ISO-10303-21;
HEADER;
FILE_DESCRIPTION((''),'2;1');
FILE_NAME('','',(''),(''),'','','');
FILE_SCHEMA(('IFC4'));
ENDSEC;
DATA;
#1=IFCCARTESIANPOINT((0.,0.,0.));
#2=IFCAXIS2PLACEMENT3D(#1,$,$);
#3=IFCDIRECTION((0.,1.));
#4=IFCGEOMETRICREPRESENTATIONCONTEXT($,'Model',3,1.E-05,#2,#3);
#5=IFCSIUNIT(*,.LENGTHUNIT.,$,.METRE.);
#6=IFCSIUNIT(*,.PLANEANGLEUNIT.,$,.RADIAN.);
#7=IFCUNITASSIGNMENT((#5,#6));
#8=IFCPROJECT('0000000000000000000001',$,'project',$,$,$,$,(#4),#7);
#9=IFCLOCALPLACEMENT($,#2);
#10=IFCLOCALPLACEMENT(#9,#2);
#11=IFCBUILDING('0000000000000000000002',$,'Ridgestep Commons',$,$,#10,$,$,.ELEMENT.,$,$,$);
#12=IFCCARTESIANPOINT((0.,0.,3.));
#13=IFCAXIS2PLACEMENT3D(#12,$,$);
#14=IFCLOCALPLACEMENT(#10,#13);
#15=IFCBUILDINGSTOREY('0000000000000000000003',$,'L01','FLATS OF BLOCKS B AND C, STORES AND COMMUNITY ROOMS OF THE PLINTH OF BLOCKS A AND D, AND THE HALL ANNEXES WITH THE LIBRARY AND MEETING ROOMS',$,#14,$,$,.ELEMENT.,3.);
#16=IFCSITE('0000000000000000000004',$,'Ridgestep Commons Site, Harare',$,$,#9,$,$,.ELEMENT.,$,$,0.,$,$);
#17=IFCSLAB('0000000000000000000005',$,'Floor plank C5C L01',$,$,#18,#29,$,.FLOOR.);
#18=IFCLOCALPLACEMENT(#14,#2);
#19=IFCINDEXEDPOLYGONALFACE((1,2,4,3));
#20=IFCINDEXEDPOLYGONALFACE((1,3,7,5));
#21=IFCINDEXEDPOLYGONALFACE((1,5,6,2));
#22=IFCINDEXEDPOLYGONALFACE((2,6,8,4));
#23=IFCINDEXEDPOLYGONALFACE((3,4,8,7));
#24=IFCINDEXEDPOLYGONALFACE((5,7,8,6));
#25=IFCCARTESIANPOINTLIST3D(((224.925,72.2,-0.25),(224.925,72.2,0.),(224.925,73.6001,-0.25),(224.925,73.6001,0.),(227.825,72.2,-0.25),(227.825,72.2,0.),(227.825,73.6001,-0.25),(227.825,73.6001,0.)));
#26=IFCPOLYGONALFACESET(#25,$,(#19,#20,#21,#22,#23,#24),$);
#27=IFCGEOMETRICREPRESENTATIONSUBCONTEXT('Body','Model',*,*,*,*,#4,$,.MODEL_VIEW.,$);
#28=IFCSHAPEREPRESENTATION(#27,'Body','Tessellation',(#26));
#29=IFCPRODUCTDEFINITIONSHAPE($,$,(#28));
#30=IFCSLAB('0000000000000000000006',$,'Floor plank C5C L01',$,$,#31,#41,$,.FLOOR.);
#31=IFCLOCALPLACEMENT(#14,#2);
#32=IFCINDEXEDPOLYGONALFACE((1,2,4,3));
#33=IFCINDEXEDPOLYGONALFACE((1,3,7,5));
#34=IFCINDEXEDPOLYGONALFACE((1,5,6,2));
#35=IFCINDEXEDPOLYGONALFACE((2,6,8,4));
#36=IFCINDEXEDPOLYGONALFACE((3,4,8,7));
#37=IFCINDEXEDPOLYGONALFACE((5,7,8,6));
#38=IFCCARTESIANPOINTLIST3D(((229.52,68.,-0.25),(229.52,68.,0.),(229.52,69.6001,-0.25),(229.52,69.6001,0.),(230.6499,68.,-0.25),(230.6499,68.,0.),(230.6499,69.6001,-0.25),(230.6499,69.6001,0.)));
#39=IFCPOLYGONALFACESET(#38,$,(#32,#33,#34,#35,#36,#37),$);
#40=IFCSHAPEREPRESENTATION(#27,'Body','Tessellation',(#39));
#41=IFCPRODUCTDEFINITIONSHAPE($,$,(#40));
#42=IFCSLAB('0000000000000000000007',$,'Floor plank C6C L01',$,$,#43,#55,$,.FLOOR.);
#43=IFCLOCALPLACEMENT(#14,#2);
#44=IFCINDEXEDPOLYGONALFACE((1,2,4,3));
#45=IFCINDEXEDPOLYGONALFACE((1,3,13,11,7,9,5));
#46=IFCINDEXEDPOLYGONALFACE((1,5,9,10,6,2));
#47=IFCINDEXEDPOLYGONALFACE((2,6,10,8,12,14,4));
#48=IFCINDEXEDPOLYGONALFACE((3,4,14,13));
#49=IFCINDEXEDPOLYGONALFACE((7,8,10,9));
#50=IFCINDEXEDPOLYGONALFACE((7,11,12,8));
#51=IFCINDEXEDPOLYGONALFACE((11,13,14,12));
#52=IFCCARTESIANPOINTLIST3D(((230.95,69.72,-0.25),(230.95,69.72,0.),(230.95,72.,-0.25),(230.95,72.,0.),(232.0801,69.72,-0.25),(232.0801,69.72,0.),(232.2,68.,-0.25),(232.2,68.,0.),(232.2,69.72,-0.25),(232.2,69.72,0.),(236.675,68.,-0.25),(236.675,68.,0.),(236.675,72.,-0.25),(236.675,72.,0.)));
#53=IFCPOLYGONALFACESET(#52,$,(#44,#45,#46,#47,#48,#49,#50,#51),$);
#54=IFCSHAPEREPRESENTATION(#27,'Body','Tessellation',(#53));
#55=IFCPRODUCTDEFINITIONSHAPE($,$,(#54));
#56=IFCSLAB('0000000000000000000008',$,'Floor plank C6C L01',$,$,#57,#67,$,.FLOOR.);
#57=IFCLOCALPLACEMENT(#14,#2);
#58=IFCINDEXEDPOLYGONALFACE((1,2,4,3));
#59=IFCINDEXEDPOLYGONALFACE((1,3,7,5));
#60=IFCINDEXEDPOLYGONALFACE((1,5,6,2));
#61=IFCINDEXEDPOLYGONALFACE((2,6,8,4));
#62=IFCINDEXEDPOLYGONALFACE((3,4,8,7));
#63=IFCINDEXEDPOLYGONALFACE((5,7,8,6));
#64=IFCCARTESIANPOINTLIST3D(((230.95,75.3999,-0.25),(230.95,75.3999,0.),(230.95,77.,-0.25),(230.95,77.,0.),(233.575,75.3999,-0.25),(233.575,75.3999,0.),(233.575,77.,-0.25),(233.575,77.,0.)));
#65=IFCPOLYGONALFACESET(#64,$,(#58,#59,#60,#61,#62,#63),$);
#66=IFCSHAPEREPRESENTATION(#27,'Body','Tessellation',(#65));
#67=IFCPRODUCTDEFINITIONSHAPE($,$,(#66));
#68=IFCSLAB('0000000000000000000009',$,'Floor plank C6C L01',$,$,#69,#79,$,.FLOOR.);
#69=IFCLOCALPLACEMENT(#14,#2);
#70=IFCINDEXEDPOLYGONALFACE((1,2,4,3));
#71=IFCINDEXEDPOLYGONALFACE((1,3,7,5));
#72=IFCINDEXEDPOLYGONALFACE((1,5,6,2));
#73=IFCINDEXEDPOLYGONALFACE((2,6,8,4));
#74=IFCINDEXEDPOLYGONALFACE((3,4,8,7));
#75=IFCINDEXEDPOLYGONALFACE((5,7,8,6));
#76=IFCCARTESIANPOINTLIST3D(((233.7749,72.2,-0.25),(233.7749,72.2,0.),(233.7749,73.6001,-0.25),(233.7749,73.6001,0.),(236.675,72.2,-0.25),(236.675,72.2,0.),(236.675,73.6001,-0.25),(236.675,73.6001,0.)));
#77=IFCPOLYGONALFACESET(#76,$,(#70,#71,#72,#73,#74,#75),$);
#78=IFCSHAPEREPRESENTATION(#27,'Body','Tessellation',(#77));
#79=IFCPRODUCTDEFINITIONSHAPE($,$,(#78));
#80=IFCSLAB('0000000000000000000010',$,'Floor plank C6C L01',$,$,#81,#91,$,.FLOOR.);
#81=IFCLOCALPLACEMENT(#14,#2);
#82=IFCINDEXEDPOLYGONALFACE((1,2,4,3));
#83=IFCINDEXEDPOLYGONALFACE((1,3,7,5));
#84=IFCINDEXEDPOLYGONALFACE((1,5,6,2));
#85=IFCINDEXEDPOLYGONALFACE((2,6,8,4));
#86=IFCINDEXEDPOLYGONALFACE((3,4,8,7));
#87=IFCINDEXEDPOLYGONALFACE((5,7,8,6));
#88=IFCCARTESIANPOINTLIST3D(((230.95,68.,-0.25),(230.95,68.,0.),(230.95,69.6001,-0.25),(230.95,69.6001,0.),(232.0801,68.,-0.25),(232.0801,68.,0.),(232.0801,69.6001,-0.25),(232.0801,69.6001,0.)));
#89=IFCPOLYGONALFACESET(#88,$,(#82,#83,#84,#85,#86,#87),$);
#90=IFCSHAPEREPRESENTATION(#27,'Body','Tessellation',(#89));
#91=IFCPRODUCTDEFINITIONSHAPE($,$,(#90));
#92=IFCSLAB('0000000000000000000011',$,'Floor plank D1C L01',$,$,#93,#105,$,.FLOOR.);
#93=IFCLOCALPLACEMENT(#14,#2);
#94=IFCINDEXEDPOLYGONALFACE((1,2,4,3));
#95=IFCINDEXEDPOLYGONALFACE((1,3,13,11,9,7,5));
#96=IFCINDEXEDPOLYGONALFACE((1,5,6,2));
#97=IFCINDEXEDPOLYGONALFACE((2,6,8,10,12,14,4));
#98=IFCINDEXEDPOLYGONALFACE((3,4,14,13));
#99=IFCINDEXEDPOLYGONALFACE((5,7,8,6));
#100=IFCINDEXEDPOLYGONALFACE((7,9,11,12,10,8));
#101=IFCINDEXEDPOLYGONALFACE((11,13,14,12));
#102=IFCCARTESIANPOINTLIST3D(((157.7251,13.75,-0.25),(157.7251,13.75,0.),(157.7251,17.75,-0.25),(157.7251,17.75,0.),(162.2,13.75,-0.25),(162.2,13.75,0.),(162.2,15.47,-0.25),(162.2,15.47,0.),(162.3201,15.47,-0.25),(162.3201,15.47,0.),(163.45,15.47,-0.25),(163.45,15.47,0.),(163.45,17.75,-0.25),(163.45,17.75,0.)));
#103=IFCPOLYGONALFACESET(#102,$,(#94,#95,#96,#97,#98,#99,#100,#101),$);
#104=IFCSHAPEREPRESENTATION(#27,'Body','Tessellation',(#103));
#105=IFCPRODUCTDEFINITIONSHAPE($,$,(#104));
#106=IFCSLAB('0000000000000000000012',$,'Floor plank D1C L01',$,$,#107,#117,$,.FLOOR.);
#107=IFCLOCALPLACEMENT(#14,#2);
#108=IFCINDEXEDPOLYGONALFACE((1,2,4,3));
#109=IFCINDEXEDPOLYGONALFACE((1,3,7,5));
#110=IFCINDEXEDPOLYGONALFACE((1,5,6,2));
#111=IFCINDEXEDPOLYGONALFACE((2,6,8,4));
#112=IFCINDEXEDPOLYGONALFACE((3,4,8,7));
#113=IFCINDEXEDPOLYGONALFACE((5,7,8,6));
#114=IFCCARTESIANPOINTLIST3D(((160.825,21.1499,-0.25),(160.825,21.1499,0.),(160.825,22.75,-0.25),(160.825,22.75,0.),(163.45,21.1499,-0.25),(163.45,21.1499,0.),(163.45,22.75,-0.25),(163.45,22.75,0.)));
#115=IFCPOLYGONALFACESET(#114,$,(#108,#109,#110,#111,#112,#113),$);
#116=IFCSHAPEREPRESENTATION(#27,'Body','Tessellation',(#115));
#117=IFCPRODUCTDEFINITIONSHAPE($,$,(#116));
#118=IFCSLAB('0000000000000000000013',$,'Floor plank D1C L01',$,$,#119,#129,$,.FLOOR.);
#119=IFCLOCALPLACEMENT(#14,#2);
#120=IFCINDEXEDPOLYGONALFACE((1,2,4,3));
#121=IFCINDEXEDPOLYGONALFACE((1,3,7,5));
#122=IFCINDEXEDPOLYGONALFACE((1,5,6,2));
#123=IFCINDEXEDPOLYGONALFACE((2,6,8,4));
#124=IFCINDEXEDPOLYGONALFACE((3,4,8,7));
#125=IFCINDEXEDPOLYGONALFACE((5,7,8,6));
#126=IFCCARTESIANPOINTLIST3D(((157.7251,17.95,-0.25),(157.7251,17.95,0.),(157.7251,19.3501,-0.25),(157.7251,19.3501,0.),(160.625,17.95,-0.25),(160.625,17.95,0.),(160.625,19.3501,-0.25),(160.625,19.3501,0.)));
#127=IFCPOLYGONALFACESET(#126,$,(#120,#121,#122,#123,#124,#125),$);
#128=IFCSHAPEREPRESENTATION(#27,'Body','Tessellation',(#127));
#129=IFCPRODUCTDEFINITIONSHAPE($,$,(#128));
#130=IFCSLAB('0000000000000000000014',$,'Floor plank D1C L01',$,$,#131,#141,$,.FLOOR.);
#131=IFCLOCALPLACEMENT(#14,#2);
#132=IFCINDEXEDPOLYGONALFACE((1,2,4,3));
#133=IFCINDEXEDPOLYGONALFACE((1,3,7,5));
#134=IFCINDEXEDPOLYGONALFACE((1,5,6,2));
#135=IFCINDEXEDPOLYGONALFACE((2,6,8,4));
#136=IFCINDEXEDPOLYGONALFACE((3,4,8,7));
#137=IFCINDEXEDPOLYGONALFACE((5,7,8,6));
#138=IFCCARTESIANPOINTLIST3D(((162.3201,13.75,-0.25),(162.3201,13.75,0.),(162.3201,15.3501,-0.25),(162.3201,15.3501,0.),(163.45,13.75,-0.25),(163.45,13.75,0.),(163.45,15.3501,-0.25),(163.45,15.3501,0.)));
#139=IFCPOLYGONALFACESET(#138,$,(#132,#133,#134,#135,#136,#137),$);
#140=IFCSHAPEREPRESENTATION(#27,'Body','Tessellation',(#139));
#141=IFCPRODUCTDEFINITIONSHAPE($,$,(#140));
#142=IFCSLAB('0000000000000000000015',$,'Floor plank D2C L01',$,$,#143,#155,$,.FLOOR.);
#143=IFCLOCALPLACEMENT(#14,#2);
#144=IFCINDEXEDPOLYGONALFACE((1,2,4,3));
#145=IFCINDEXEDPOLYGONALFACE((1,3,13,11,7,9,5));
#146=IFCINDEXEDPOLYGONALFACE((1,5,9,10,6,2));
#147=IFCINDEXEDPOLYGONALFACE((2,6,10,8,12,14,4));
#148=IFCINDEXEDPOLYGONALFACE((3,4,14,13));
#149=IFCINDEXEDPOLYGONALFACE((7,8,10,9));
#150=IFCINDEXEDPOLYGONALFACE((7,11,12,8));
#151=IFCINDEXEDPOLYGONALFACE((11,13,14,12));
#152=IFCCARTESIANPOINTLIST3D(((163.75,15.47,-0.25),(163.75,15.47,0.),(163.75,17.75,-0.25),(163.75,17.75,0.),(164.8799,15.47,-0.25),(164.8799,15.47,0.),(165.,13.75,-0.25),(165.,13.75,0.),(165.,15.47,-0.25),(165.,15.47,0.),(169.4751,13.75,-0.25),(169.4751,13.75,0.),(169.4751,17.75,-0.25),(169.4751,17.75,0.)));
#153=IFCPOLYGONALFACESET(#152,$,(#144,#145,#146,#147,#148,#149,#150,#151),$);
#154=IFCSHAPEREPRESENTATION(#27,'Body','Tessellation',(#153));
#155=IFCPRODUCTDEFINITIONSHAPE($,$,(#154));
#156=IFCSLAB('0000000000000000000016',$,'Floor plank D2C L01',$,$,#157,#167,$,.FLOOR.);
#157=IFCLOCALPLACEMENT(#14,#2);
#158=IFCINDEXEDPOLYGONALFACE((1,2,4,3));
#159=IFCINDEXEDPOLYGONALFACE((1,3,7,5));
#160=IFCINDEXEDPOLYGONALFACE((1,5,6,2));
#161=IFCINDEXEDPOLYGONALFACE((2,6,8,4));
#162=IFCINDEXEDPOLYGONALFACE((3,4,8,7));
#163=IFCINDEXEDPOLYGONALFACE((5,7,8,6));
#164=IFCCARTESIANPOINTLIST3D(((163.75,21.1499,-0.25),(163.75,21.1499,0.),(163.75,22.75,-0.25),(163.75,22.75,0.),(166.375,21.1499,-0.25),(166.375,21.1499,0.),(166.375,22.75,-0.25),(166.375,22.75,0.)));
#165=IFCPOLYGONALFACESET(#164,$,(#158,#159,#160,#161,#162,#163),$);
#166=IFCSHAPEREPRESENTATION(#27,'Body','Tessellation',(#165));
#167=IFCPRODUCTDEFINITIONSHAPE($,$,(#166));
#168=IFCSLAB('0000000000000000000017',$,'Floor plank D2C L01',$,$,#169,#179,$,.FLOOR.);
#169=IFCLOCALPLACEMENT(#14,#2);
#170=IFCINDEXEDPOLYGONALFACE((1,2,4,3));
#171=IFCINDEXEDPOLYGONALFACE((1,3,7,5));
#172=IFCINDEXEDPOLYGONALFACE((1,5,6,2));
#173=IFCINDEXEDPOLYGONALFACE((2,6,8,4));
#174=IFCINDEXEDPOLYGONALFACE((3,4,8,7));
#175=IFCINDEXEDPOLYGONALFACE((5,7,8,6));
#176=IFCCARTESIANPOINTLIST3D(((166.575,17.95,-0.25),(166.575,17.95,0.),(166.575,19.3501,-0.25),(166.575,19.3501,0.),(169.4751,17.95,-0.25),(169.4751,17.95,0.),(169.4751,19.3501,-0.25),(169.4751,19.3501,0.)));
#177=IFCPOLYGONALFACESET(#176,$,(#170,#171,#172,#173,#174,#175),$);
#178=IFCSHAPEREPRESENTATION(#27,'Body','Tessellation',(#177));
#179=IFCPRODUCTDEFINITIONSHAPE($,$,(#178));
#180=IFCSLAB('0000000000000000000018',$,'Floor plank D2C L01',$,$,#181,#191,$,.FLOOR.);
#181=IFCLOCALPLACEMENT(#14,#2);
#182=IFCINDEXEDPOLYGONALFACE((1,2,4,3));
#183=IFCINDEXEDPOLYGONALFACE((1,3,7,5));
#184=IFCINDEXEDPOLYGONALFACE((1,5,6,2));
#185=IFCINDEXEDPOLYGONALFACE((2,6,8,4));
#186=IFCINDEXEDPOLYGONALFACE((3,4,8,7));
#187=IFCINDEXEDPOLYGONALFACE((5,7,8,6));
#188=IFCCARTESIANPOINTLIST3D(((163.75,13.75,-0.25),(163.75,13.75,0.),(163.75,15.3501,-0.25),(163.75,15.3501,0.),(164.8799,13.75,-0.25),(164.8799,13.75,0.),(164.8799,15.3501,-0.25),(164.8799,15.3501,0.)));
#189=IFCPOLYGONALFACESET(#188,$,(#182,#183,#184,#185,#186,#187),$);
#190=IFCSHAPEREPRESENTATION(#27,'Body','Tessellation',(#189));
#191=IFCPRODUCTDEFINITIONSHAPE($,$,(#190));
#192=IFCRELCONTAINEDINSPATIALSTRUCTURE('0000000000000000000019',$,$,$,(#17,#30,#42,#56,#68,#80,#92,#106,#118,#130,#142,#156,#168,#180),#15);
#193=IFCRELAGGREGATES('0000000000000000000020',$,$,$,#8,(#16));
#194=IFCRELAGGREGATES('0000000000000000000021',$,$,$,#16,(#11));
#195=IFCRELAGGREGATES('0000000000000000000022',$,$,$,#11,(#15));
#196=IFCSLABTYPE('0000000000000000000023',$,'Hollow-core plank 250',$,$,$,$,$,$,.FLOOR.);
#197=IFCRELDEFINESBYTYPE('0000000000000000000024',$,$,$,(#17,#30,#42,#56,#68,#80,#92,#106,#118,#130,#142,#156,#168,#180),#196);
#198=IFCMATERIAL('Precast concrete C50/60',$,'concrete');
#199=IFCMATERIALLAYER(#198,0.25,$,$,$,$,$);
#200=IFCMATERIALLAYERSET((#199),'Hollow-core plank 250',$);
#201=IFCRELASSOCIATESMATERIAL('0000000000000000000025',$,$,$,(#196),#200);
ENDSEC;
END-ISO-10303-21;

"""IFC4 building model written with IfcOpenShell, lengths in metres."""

from ifc_helpers import new_model, si_unit, direction, frame, origin, place, context, subcontext, project, spatial, polyline, outline, extrude, material, layer, layer_set, type_object, element, save


model = new_model("IFC4")

# Units and contexts
model_context = context("Model", 3, precision=1e-05, world=origin(), true_north=direction((0.0, 1.0)))
body_context = subcontext(model_context, "Body", "Model", "MODEL_VIEW")
ifc_project = project(units=[si_unit("LENGTHUNIT", "METRE"), si_unit("PLANEANGLEUNIT", "RADIAN")], contexts=[model_context])

# Site, building, storey
site_placement = place(None, origin())
site = spatial("IfcSite", under=ifc_project, at=site_placement, Name="Ridgestep Commons Site, Harare", CompositionType="ELEMENT", RefElevation=0.0)
building_placement = place(site_placement, origin())
building = spatial("IfcBuilding", under=site, at=building_placement, Name="Ridgestep Commons", CompositionType="ELEMENT")
storey_placement = place(building_placement, frame((0.0, 0.0, 3.0)))
storey = spatial("IfcBuildingStorey", under=building, at=storey_placement, Name="L01", Description="FLATS OF BLOCKS B AND C, STORES AND COMMUNITY ROOMS OF THE PLINTH OF BLOCKS A AND D, AND THE HALL ANNEXES WITH THE LIBRARY AND MEETING ROOMS", CompositionType="ELEMENT", Elevation=3.0)

# Slabs
ifc_material = material(Name="Precast concrete C50/60", Category="concrete")
ifc_layer = layer(ifc_material, 0.25)
ifc_layer_set = layer_set([ifc_layer], Name="Hollow-core plank 250")
slab_type = type_object("IfcSlabType", Name="Hollow-core plank 250", PredefinedType="FLOOR", material=ifc_layer_set)
slab_1_placement = place(storey_placement, frame((0.0, 0.0, -0.25)))
element("IfcSlab", 1, at=slab_1_placement, inside=storey, type_object=slab_type, Name="Floor plank C5C L01", PredefinedType="FLOOR", context=body_context, shape_type="SweptSolid", body=[
    extrude(outline(polyline([(227.825, 72.2), (227.825, 73.6001), (224.925, 73.6001), (224.925, 72.2), (227.825, 72.2)])), origin(), (0.0, 0.0, 1.0), 0.25),
])
slab_2_placement = place(storey_placement, frame((0.0, 0.0, -0.25)))
element("IfcSlab", 2, at=slab_2_placement, inside=storey, type_object=slab_type, Name="Floor plank C5C L01", PredefinedType="FLOOR", context=body_context, shape_type="SweptSolid", body=[
    extrude(outline(polyline([(229.52, 68.0), (230.6499, 68.0), (230.6499, 69.6001), (229.52, 69.6001), (229.52, 68.0)])), origin(), (0.0, 0.0, 1.0), 0.25),
])
slab_3_placement = place(storey_placement, frame((0.0, 0.0, -0.25)))
element("IfcSlab", 3, at=slab_3_placement, inside=storey, type_object=slab_type, Name="Floor plank C6C L01", PredefinedType="FLOOR", context=body_context, shape_type="SweptSolid", body=[
    extrude(outline(polyline([(232.2, 68.0), (236.675, 68.0), (236.675, 72.0), (230.95, 72.0), (230.95, 69.72), (232.0801, 69.72), (232.2, 69.72), (232.2, 68.0)])), origin(), (0.0, 0.0, 1.0), 0.25),
])
slab_4_placement = place(storey_placement, frame((0.0, 0.0, -0.25)))
element("IfcSlab", 4, at=slab_4_placement, inside=storey, type_object=slab_type, Name="Floor plank C6C L01", PredefinedType="FLOOR", context=body_context, shape_type="SweptSolid", body=[
    extrude(outline(polyline([(233.575, 77.0), (230.95, 77.0), (230.95, 75.3999), (233.575, 75.3999), (233.575, 77.0)])), origin(), (0.0, 0.0, 1.0), 0.25),
])
slab_5_placement = place(storey_placement, frame((0.0, 0.0, -0.25)))
element("IfcSlab", 5, at=slab_5_placement, inside=storey, type_object=slab_type, Name="Floor plank C6C L01", PredefinedType="FLOOR", context=body_context, shape_type="SweptSolid", body=[
    extrude(outline(polyline([(236.675, 72.2), (236.675, 73.6001), (233.7749, 73.6001), (233.7749, 72.2), (236.675, 72.2)])), origin(), (0.0, 0.0, 1.0), 0.25),
])
slab_6_placement = place(storey_placement, frame((0.0, 0.0, -0.25)))
element("IfcSlab", 6, at=slab_6_placement, inside=storey, type_object=slab_type, Name="Floor plank C6C L01", PredefinedType="FLOOR", context=body_context, shape_type="SweptSolid", body=[
    extrude(outline(polyline([(232.0801, 69.6001), (230.95, 69.6001), (230.95, 68.0), (232.0801, 68.0), (232.0801, 69.6001)])), origin(), (0.0, 0.0, 1.0), 0.25),
])
slab_7_placement = place(storey_placement, frame((0.0, 0.0, -0.25)))
element("IfcSlab", 7, at=slab_7_placement, inside=storey, type_object=slab_type, Name="Floor plank D1C L01", PredefinedType="FLOOR", context=body_context, shape_type="SweptSolid", body=[
    extrude(outline(polyline([(162.3201, 15.47), (163.45, 15.47), (163.45, 17.75), (157.7251, 17.75), (157.7251, 13.75), (162.2, 13.75), (162.2, 15.47), (162.3201, 15.47)])), origin(), (0.0, 0.0, 1.0), 0.25),
])
slab_8_placement = place(storey_placement, frame((0.0, 0.0, -0.25)))
element("IfcSlab", 8, at=slab_8_placement, inside=storey, type_object=slab_type, Name="Floor plank D1C L01", PredefinedType="FLOOR", context=body_context, shape_type="SweptSolid", body=[
    extrude(outline(polyline([(163.45, 21.1499), (163.45, 22.75), (160.825, 22.75), (160.825, 21.1499), (163.45, 21.1499)])), origin(), (0.0, 0.0, 1.0), 0.25),
])
slab_9_placement = place(storey_placement, frame((0.0, 0.0, -0.25)))
element("IfcSlab", 9, at=slab_9_placement, inside=storey, type_object=slab_type, Name="Floor plank D1C L01", PredefinedType="FLOOR", context=body_context, shape_type="SweptSolid", body=[
    extrude(outline(polyline([(160.625, 17.95), (160.625, 19.3501), (157.7251, 19.3501), (157.7251, 17.95), (160.625, 17.95)])), origin(), (0.0, 0.0, 1.0), 0.25),
])
slab_10_placement = place(storey_placement, frame((0.0, 0.0, -0.25)))
element("IfcSlab", 10, at=slab_10_placement, inside=storey, type_object=slab_type, Name="Floor plank D1C L01", PredefinedType="FLOOR", context=body_context, shape_type="SweptSolid", body=[
    extrude(outline(polyline([(162.3201, 13.75), (163.45, 13.75), (163.45, 15.3501), (162.3201, 15.3501), (162.3201, 13.75)])), origin(), (0.0, 0.0, 1.0), 0.25),
])
slab_11_placement = place(storey_placement, frame((0.0, 0.0, -0.25)))
element("IfcSlab", 11, at=slab_11_placement, inside=storey, type_object=slab_type, Name="Floor plank D2C L01", PredefinedType="FLOOR", context=body_context, shape_type="SweptSolid", body=[
    extrude(outline(polyline([(165.0, 13.75), (169.4751, 13.75), (169.4751, 17.75), (163.75, 17.75), (163.75, 15.47), (164.8799, 15.47), (165.0, 15.47), (165.0, 13.75)])), origin(), (0.0, 0.0, 1.0), 0.25),
])
slab_12_placement = place(storey_placement, frame((0.0, 0.0, -0.25)))
element("IfcSlab", 12, at=slab_12_placement, inside=storey, type_object=slab_type, Name="Floor plank D2C L01", PredefinedType="FLOOR", context=body_context, shape_type="SweptSolid", body=[
    extrude(outline(polyline([(166.375, 22.75), (163.75, 22.75), (163.75, 21.1499), (166.375, 21.1499), (166.375, 22.75)])), origin(), (0.0, 0.0, 1.0), 0.25),
])
slab_13_placement = place(storey_placement, frame((0.0, 0.0, -0.25)))
element("IfcSlab", 13, at=slab_13_placement, inside=storey, type_object=slab_type, Name="Floor plank D2C L01", PredefinedType="FLOOR", context=body_context, shape_type="SweptSolid", body=[
    extrude(outline(polyline([(169.4751, 17.95), (169.4751, 19.3501), (166.575, 19.3501), (166.575, 17.95), (169.4751, 17.95)])), origin(), (0.0, 0.0, 1.0), 0.25),
])
slab_14_placement = place(storey_placement, frame((0.0, 0.0, -0.25)))
element("IfcSlab", 14, at=slab_14_placement, inside=storey, type_object=slab_type, Name="Floor plank D2C L01", PredefinedType="FLOOR", context=body_context, shape_type="SweptSolid", body=[
    extrude(outline(polyline([(164.8799, 15.3501), (163.75, 15.3501), (163.75, 13.75), (164.8799, 13.75), (164.8799, 15.3501)])), origin(), (0.0, 0.0, 1.0), 0.25),
])

save(model, "model.ifc")
